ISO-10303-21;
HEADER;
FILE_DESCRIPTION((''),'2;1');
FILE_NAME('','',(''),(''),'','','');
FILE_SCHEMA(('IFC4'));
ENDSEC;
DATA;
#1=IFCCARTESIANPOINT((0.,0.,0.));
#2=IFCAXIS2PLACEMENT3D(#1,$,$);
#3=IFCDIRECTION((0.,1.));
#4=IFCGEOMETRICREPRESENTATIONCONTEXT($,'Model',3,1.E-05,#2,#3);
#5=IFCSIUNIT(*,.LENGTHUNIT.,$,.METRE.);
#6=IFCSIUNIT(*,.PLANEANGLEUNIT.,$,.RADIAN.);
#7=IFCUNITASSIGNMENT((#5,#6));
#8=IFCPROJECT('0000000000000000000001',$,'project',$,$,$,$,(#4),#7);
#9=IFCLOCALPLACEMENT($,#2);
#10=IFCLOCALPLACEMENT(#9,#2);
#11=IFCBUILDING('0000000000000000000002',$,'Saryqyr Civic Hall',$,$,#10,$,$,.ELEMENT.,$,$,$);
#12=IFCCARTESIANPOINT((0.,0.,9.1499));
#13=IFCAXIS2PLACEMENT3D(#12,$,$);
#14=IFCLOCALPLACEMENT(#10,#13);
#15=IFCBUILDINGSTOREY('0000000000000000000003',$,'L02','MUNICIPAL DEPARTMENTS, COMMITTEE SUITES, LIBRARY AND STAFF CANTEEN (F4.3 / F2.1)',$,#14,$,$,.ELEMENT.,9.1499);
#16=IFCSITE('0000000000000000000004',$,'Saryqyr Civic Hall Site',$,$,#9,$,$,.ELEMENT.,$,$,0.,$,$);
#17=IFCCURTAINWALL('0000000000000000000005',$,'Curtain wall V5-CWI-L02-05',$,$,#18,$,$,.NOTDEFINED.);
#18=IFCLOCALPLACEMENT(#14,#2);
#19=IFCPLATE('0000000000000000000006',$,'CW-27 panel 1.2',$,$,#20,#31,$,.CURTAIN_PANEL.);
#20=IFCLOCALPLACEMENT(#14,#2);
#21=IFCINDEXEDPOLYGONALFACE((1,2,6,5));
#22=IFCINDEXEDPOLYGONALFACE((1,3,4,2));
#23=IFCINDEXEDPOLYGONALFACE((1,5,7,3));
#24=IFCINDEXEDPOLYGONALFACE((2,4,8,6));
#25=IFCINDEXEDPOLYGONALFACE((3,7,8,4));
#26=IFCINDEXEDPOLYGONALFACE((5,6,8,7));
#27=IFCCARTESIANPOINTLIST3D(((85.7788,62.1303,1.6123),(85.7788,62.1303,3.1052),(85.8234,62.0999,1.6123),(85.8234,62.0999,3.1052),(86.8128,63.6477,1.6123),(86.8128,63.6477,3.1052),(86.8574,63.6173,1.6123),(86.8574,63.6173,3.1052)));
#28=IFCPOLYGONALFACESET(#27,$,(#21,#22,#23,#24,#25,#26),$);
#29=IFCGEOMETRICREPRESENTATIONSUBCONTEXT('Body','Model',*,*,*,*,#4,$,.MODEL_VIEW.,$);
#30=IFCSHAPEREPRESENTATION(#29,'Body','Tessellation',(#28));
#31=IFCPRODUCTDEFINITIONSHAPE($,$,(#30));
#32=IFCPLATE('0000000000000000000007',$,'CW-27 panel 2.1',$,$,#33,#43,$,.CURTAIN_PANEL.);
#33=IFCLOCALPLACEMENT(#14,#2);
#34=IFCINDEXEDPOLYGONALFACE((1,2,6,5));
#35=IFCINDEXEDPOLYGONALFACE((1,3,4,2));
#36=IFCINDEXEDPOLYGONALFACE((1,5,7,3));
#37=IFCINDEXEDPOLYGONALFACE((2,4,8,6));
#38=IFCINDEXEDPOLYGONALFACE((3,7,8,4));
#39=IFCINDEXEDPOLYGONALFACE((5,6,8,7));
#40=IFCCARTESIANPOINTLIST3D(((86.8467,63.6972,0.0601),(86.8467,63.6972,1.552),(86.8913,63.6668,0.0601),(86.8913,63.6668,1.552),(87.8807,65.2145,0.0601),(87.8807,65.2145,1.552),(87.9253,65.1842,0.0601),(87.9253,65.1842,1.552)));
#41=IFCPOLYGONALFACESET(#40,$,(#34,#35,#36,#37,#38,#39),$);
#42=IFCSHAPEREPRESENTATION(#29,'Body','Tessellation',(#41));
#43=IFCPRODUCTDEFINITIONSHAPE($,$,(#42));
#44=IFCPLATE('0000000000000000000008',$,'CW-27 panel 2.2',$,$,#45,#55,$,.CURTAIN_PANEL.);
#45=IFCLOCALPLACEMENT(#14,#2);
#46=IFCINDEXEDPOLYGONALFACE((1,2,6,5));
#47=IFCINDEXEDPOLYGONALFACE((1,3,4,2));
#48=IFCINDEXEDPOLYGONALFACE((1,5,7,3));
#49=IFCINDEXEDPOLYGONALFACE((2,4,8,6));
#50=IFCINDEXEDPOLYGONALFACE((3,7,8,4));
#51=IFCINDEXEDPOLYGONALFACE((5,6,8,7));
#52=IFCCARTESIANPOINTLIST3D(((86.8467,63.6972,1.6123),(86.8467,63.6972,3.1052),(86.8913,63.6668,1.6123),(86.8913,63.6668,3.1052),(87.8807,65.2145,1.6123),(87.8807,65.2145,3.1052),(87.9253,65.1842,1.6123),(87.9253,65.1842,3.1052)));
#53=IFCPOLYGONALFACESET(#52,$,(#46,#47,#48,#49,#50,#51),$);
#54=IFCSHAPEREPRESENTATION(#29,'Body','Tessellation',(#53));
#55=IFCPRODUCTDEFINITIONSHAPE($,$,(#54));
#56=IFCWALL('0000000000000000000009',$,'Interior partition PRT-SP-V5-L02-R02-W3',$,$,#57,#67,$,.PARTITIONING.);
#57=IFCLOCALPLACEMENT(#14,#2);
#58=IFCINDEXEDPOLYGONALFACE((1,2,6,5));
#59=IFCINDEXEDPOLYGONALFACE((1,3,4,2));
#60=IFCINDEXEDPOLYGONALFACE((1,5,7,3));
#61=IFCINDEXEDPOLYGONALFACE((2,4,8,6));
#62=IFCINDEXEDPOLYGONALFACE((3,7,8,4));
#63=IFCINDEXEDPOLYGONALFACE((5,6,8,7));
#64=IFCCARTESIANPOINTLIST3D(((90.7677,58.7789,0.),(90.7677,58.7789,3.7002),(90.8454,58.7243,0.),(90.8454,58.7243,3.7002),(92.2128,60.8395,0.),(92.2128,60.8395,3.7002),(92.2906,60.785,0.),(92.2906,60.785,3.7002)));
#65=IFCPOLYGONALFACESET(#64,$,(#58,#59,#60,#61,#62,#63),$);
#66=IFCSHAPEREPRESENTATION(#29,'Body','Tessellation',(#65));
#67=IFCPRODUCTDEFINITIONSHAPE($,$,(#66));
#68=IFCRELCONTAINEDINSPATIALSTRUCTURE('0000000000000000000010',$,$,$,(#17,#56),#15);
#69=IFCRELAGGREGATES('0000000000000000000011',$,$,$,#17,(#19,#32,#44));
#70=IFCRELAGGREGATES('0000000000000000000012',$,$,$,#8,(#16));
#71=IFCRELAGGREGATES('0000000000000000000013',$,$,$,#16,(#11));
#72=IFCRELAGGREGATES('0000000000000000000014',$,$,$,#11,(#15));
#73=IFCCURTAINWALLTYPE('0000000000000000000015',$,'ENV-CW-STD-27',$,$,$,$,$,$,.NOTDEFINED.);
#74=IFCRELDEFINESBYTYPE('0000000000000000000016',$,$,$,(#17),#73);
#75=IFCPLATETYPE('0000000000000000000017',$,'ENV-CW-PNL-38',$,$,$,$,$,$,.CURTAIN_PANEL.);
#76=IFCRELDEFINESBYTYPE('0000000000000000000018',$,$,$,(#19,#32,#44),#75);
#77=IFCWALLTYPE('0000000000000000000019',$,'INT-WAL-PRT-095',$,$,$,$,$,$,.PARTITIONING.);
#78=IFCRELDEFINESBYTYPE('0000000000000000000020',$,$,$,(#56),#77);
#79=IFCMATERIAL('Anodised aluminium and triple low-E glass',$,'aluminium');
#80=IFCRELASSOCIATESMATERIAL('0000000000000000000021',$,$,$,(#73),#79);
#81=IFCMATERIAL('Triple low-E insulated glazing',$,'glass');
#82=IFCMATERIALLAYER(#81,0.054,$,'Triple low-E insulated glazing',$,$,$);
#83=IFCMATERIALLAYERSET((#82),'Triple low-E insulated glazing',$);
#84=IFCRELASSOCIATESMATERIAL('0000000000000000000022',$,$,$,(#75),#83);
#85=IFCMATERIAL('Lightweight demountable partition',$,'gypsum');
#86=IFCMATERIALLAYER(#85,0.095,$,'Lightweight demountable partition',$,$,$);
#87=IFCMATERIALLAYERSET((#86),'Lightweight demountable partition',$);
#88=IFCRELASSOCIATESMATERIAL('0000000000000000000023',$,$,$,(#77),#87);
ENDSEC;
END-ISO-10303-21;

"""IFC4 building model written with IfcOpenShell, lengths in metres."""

from ifc_helpers import new_model, si_unit, direction, frame, frame_2d, origin, origin_2d, place, context, subcontext, project, spatial, rectangle, extrude, material, layer, layer_set, type_object, element, aggregate, save


model = new_model("IFC4")

# Units and contexts
model_context = context("Model", 3, precision=1e-05, world=origin(), true_north=direction((0.0, 1.0)))
body_context = subcontext(model_context, "Body", "Model", "MODEL_VIEW")
ifc_project = project(units=[si_unit("LENGTHUNIT", "METRE"), si_unit("PLANEANGLEUNIT", "RADIAN")], contexts=[model_context])

# Site, building, storey
site_placement = place(None, origin())
site = spatial("IfcSite", under=ifc_project, at=site_placement, Name="Saryqyr Civic Hall Site", CompositionType="ELEMENT", RefElevation=0.0)
building_placement = place(site_placement, origin())
building = spatial("IfcBuilding", under=site, at=building_placement, Name="Saryqyr Civic Hall", CompositionType="ELEMENT")
storey_placement = place(building_placement, frame((0.0, 0.0, 9.1499)))
storey = spatial("IfcBuildingStorey", under=building, at=storey_placement, Name="L02", Description="MUNICIPAL DEPARTMENTS, COMMITTEE SUITES, LIBRARY AND STAFF CANTEEN (F4.3 / F2.1)", CompositionType="ELEMENT", Elevation=9.1499)

# Curtain wall
ifc_material_1 = material(Name="Anodised aluminium and triple low-E glass", Category="aluminium")
curtain_wall_type = type_object("IfcCurtainWallType", Name="ENV-CW-STD-27", PredefinedType="NOTDEFINED", material=ifc_material_1)
curtain_wall_1_placement = place(storey_placement, origin())
curtain_wall_1 = element("IfcCurtainWall", 1, at=curtain_wall_1_placement, inside=storey, type_object=curtain_wall_type, Name="Curtain wall V5-CWI-L02-05", PredefinedType="NOTDEFINED")

# Plates
ifc_material_2 = material(Name="Triple low-E insulated glazing", Category="glass")
ifc_layer_1 = layer(ifc_material_2, 0.054, Name="Triple low-E insulated glazing")
ifc_layer_set_1 = layer_set([ifc_layer_1], Name="Triple low-E insulated glazing")
plate_type = type_object("IfcPlateType", Name="ENV-CW-PNL-38", PredefinedType="CURTAIN_PANEL", material=ifc_layer_set_1)
plate_1_placement = place(storey_placement, frame((86.3181, 62.8738, 1.6123), z_axis=(0.0, 0.0, 1.0), x_axis=(0.56313, 0.826368, 0.0)))
plate_1 = element("IfcPlate", 2, at=plate_1_placement, type_object=plate_type, Name="CW-27 panel 1.2", PredefinedType="CURTAIN_PANEL", context=body_context, shape_type="SweptSolid", body=[
    extrude(rectangle(XDim=1.8362, YDim=0.054, at=origin_2d()), origin(), (0.0, 0.0, 1.0), 1.4929),
])
plate_2_placement = place(storey_placement, frame((87.386, 64.4407, 0.0601), z_axis=(0.0, 0.0, 1.0), x_axis=(0.56313, 0.826368, 0.0)))
plate_2 = element("IfcPlate", 3, at=plate_2_placement, type_object=plate_type, Name="CW-27 panel 2.1", PredefinedType="CURTAIN_PANEL", context=body_context, shape_type="SweptSolid", body=[
    extrude(rectangle(XDim=1.8362, YDim=0.054, at=origin_2d()), origin(), (0.0, 0.0, 1.0), 1.4919),
])
plate_3_placement = place(storey_placement, frame((87.386, 64.4407, 1.6123), z_axis=(0.0, 0.0, 1.0), x_axis=(0.56313, 0.826368, 0.0)))
plate_3 = element("IfcPlate", 4, at=plate_3_placement, type_object=plate_type, Name="CW-27 panel 2.2", PredefinedType="CURTAIN_PANEL", context=body_context, shape_type="SweptSolid", body=[
    extrude(rectangle(XDim=1.8362, YDim=0.054, at=origin_2d()), origin(), (0.0, 0.0, 1.0), 1.4929),
])
aggregate(curtain_wall_1, [plate_1, plate_2, plate_3])

# Wall
ifc_material_3 = material(Name="Lightweight demountable partition", Category="gypsum")
ifc_layer_2 = layer(ifc_material_3, 0.095, Name="Lightweight demountable partition")
ifc_layer_set_2 = layer_set([ifc_layer_2], Name="Lightweight demountable partition")
wall_type = type_object("IfcWallType", Name="INT-WAL-PRT-095", PredefinedType="PARTITIONING", material=ifc_layer_set_2)
wall_placement = place(storey_placement, frame((90.8066, 58.7517, 0.0), z_axis=(0.0, 0.0, 1.0), x_axis=(0.574178, 0.81873, 0.0)))
element("IfcWall", 5, at=wall_placement, inside=storey, type_object=wall_type, Name="Interior partition PRT-SP-V5-L02-R02-W3", PredefinedType="PARTITIONING", context=body_context, shape_type="SweptSolid", body=[
    extrude(rectangle(XDim=2.5168, YDim=0.095, at=frame_2d((1.2583, 0.0))), origin(), (0.0, 0.0, 1.0), 3.7002),
])

save(model, "model.ifc")
